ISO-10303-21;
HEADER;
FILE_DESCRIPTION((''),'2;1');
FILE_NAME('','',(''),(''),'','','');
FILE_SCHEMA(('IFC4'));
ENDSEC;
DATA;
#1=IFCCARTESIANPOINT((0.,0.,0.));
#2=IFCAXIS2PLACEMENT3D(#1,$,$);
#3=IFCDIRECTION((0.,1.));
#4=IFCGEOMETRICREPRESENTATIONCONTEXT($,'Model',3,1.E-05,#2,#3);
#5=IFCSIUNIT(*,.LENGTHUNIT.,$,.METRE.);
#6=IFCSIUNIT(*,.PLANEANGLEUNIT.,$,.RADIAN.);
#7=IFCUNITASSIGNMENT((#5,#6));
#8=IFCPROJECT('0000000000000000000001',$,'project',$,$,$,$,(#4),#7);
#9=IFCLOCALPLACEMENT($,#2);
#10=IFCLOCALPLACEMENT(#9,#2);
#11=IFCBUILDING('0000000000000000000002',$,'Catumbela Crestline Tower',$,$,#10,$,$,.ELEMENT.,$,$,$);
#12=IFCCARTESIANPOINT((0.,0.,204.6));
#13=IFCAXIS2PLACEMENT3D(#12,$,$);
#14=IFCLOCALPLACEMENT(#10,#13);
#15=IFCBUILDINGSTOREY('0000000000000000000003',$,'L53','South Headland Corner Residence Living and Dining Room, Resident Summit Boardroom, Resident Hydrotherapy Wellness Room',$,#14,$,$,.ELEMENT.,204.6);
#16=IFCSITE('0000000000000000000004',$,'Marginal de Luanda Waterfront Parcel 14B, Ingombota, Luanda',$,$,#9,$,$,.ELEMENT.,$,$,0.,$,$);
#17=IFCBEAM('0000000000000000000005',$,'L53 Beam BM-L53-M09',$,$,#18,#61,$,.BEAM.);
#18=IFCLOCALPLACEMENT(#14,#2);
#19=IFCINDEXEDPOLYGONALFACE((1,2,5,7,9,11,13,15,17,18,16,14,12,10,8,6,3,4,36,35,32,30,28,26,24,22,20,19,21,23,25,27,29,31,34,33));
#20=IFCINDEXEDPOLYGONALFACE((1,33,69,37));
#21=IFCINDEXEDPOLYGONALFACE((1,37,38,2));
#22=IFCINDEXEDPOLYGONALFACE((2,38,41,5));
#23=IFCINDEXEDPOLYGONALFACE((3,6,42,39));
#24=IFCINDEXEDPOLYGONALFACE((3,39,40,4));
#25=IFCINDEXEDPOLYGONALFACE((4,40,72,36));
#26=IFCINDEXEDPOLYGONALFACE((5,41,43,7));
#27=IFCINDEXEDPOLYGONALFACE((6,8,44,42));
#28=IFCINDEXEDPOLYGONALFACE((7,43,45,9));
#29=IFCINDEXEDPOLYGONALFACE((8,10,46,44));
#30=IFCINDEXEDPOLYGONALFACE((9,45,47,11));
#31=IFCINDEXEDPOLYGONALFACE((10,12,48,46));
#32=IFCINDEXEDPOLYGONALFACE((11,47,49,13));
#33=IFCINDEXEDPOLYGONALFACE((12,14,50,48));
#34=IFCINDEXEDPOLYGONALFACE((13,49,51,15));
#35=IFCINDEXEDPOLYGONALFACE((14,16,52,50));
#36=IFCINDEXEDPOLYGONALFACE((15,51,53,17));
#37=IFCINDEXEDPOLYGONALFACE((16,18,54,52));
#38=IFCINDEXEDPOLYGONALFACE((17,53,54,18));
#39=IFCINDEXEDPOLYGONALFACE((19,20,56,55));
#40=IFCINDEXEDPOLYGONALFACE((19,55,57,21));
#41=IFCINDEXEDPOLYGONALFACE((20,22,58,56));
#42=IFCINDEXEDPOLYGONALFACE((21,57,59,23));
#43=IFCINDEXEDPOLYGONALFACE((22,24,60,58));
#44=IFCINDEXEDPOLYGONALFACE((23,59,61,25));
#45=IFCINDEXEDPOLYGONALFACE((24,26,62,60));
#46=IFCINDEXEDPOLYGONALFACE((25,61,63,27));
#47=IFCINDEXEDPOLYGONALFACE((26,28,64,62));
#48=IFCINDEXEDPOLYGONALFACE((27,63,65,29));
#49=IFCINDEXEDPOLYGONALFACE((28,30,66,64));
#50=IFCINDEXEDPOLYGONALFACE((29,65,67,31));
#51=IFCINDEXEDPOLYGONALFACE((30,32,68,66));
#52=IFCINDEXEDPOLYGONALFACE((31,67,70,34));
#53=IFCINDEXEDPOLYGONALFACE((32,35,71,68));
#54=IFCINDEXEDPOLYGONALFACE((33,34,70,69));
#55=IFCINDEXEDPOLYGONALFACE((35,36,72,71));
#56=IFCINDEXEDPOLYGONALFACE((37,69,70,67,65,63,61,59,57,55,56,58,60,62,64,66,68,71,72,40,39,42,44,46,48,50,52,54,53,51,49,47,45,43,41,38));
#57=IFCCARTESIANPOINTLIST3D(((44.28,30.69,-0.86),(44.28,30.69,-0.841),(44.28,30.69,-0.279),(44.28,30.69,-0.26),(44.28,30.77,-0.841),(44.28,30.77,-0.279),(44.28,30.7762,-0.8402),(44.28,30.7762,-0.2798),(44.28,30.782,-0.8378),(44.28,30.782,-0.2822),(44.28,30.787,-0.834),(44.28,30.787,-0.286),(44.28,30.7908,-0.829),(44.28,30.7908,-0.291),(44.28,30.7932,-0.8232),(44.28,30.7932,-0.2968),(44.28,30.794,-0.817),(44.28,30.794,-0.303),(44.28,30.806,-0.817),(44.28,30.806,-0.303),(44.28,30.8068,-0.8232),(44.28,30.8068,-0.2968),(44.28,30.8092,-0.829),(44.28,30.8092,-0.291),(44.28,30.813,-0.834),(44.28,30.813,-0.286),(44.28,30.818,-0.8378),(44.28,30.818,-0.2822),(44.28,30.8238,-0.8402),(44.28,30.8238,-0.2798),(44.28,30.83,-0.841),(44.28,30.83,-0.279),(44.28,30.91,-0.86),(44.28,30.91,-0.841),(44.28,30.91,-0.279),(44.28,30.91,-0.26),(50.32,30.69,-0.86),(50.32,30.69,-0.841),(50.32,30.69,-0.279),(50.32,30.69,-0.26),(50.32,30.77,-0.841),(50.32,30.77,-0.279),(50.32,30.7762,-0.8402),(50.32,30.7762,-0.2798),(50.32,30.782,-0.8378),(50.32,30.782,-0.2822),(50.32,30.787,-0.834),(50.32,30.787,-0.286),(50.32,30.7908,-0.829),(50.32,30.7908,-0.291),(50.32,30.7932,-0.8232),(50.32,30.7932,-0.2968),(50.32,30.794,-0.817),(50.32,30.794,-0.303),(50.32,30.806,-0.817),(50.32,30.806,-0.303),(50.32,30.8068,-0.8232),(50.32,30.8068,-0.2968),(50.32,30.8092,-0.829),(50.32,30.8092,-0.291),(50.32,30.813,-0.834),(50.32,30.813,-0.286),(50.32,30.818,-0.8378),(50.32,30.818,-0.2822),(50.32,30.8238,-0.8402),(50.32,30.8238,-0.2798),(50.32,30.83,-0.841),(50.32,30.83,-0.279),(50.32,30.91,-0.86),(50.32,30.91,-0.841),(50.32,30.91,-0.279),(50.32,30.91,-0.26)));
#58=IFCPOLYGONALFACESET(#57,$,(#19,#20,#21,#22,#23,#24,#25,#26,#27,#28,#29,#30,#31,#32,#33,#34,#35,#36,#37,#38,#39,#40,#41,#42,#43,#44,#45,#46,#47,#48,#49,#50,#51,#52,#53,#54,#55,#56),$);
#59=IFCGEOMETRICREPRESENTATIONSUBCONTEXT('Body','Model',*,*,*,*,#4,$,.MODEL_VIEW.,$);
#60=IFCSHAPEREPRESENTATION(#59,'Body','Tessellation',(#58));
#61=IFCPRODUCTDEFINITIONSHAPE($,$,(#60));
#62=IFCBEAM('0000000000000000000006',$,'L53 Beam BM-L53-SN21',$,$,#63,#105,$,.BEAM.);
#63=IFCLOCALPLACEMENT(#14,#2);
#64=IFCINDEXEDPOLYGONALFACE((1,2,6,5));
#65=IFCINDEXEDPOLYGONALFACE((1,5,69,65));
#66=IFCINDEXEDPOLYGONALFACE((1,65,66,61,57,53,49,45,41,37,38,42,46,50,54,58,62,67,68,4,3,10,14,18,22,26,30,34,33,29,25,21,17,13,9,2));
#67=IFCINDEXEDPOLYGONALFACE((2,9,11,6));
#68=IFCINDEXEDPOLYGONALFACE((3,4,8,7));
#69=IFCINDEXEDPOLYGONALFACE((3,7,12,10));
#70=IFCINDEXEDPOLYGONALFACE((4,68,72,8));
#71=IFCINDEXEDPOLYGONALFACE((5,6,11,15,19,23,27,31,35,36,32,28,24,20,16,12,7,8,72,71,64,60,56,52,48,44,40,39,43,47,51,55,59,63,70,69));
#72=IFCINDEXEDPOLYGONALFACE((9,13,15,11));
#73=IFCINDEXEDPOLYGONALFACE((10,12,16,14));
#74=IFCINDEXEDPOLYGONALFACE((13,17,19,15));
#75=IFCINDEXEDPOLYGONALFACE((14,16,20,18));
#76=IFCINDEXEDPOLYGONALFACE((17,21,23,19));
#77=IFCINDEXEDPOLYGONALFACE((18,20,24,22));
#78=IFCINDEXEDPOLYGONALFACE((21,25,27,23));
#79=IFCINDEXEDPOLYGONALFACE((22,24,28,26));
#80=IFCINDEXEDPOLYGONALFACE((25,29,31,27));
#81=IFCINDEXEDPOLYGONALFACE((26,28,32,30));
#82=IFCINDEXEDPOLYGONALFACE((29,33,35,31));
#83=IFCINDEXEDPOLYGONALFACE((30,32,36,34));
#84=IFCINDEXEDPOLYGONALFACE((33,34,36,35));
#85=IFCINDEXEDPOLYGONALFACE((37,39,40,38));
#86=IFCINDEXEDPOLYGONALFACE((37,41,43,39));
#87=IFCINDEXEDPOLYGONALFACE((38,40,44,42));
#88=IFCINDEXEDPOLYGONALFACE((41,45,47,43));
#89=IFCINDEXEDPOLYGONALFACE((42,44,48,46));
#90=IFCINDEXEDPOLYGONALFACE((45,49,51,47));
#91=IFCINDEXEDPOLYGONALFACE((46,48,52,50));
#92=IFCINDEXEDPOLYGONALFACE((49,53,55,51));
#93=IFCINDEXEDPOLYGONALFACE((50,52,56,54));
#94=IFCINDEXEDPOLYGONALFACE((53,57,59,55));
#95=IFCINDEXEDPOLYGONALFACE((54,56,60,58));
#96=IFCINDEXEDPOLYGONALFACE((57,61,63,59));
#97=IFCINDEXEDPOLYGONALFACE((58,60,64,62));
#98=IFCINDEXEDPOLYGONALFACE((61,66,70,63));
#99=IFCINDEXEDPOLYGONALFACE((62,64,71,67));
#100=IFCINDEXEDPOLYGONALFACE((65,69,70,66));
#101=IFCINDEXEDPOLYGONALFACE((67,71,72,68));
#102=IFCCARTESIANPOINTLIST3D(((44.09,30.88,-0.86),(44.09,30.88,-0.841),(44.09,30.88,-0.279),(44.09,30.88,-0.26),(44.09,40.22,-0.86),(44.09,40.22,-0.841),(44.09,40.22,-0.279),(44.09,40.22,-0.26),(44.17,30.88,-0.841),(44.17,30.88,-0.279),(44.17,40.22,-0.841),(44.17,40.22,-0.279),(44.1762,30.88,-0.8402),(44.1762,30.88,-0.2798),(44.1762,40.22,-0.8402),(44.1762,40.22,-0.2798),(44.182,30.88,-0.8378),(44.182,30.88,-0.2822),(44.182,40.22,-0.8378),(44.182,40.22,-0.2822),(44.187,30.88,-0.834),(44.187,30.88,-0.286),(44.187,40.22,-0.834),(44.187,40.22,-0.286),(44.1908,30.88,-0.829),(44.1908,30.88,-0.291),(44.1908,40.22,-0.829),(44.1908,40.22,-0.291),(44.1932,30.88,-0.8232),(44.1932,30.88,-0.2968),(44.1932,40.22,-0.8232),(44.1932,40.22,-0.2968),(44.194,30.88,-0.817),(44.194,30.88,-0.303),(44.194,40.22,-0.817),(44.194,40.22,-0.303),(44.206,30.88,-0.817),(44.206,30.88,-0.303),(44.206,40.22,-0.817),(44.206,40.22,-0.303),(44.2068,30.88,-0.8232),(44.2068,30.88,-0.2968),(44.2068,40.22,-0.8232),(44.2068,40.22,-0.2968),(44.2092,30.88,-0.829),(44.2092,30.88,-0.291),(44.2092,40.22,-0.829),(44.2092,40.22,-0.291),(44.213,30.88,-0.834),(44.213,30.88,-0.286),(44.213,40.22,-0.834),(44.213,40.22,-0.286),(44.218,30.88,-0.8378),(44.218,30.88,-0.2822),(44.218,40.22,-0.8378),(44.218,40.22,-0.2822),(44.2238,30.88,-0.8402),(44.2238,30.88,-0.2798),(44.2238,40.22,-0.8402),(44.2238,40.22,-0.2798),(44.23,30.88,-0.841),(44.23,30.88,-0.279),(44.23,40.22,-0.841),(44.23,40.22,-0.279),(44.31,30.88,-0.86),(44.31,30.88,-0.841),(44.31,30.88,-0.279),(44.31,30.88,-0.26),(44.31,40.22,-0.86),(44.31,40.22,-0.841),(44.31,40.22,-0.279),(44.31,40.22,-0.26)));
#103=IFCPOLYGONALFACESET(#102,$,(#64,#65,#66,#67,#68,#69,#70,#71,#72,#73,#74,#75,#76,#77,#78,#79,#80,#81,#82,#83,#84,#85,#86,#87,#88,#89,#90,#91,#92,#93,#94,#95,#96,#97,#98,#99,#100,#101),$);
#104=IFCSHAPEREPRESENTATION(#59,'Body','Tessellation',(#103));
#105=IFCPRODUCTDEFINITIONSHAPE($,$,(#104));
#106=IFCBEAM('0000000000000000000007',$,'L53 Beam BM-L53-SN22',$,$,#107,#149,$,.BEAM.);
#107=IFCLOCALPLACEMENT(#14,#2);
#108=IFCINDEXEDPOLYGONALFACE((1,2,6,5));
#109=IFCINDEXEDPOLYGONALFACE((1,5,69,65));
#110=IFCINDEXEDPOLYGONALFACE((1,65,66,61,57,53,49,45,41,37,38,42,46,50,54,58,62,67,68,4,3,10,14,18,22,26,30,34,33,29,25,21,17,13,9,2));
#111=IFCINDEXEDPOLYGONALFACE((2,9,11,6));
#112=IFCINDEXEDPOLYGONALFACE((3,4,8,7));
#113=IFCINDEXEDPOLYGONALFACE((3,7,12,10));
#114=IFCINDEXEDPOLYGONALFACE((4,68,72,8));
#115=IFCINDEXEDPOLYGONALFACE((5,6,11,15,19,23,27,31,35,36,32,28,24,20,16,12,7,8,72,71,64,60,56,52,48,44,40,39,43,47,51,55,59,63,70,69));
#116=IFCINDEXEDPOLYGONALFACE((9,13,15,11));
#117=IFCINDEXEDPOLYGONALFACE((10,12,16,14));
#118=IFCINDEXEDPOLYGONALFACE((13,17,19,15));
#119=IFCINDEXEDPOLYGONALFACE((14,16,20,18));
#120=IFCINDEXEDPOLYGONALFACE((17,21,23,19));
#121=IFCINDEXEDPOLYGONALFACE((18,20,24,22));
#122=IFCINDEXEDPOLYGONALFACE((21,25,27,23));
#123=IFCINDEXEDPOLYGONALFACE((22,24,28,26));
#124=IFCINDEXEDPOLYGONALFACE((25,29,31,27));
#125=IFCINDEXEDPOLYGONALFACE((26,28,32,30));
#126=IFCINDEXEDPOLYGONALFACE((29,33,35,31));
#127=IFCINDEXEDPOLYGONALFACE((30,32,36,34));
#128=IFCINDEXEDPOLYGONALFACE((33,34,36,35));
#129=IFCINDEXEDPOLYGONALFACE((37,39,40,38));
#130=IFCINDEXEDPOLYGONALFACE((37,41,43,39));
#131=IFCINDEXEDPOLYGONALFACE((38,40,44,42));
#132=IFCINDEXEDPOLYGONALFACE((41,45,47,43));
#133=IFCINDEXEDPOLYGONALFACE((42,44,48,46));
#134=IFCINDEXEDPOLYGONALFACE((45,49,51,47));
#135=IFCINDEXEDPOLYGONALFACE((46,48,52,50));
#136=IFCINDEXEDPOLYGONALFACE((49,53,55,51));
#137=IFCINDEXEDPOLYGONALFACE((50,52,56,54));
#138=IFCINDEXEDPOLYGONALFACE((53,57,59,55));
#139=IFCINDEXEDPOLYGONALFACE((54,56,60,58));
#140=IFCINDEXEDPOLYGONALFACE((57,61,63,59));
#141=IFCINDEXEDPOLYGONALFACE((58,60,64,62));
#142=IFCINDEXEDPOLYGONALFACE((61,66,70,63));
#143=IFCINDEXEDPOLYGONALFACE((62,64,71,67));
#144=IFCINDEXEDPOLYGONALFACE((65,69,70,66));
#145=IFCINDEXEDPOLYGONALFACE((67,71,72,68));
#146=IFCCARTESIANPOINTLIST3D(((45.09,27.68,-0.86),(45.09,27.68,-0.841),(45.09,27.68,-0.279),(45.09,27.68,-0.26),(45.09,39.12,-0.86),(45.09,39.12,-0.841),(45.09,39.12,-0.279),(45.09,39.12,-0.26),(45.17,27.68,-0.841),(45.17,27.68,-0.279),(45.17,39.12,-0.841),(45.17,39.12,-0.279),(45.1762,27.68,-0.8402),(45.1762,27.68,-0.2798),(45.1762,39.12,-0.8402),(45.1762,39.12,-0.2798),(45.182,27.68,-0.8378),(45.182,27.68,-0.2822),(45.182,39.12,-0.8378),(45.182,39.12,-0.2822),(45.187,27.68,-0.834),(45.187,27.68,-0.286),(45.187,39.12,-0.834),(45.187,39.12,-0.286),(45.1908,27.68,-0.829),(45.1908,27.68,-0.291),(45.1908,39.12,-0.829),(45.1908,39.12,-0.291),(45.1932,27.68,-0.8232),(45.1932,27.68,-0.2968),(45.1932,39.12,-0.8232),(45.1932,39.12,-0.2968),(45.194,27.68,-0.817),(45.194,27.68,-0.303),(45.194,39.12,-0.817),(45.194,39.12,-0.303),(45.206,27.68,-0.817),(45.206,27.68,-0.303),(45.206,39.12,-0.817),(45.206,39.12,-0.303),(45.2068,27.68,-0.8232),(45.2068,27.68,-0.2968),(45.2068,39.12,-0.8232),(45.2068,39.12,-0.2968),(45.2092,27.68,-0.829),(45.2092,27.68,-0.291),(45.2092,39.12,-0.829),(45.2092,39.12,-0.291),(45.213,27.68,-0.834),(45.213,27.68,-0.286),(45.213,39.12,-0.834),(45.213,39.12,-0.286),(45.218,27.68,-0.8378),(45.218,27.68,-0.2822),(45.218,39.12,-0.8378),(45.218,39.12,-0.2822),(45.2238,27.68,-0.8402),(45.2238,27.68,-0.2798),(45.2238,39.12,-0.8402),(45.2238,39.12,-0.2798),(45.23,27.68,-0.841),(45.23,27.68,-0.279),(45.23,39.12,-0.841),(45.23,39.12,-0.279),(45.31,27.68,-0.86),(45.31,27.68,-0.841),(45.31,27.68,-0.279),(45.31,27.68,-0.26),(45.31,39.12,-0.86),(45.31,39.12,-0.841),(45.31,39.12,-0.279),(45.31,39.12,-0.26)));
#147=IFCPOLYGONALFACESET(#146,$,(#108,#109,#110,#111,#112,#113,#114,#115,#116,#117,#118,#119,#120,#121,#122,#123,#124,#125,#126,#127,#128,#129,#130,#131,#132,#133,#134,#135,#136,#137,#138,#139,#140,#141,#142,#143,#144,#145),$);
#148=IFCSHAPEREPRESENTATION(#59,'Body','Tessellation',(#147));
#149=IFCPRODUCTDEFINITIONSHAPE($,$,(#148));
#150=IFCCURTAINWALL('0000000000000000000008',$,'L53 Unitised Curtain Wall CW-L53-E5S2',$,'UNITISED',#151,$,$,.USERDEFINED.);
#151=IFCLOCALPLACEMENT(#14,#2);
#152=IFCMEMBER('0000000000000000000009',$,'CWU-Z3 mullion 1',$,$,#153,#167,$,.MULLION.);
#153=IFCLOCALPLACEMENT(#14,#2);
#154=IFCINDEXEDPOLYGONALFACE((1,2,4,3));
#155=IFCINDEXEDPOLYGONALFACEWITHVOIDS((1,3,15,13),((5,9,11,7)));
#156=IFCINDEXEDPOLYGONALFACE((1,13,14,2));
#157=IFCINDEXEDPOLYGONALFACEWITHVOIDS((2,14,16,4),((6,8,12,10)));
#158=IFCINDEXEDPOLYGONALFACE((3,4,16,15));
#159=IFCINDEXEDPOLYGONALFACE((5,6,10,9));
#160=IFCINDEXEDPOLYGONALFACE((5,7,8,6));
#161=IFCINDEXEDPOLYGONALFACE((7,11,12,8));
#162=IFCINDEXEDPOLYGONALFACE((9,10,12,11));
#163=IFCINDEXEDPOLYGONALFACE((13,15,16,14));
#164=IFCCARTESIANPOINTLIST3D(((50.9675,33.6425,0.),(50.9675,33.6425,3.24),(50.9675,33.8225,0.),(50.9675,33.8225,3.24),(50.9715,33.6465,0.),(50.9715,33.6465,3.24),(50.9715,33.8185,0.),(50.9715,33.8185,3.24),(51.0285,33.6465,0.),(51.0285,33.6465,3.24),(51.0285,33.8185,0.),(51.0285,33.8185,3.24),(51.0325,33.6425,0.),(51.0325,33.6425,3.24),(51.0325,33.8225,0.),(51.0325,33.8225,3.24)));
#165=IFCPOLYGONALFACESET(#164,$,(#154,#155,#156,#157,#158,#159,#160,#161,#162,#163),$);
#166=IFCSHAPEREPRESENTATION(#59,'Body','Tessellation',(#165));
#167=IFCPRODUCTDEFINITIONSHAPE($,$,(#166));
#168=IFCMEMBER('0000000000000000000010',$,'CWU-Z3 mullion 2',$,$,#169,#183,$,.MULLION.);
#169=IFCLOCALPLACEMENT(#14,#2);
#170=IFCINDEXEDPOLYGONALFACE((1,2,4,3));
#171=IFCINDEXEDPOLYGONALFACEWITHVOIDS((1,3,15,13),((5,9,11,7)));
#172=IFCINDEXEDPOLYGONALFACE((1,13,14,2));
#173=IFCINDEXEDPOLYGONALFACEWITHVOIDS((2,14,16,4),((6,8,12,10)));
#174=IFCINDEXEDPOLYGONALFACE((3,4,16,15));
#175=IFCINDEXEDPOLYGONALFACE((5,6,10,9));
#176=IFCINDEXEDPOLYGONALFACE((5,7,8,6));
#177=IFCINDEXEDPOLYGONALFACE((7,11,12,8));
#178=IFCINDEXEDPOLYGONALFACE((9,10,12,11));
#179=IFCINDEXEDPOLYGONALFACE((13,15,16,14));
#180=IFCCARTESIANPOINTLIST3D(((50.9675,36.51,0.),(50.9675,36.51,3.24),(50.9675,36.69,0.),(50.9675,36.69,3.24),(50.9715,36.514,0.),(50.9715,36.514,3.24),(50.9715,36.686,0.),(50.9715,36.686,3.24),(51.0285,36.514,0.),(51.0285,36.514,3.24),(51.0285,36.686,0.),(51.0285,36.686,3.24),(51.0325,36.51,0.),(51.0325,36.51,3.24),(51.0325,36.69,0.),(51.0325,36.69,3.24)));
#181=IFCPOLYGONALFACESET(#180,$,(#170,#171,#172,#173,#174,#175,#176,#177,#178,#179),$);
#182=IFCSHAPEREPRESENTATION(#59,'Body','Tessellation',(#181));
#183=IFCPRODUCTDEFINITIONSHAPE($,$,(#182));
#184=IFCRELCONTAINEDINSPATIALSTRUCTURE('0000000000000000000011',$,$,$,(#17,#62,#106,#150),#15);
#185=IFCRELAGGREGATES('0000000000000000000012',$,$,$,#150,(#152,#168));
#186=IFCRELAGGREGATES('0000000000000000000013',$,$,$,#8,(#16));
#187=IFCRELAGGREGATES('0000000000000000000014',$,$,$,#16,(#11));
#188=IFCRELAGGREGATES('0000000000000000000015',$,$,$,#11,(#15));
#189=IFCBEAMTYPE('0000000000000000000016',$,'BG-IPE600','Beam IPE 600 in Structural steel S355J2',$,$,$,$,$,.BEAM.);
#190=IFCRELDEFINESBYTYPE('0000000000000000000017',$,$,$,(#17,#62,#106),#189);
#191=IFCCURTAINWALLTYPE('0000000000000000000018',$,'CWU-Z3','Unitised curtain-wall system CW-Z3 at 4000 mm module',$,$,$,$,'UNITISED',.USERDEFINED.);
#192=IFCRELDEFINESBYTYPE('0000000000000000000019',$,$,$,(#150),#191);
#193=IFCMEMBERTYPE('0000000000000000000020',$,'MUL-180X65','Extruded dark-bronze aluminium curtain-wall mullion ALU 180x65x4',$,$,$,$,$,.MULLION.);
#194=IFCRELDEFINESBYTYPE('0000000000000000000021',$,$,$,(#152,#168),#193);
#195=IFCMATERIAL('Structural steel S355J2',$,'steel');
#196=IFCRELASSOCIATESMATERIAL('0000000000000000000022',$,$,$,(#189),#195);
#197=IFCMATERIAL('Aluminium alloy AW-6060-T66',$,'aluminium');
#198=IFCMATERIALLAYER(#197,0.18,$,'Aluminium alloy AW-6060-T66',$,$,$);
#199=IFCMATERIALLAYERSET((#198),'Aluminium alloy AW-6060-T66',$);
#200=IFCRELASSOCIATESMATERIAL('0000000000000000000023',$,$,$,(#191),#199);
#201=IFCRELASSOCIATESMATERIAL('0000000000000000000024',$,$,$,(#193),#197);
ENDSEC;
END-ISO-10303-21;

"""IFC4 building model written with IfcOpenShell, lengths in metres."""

from ifc_helpers import new_model, si_unit, direction, frame, origin, origin_2d, place, context, subcontext, project, spatial, hollow_rectangle, i_section, extrude, material, layer, layer_set, material_profile, profile_set, type_object, element, aggregate, save


model = new_model("IFC4")

# Units and contexts
model_context = context("Model", 3, precision=1e-05, world=origin(), true_north=direction((0.0, 1.0)))
body_context = subcontext(model_context, "Body", "Model", "MODEL_VIEW")
ifc_project = project(units=[si_unit("LENGTHUNIT", "METRE"), si_unit("PLANEANGLEUNIT", "RADIAN")], contexts=[model_context])

# Site, building, storey
site_placement = place(None, origin())
site = spatial("IfcSite", under=ifc_project, at=site_placement, Name="Marginal de Luanda Waterfront Parcel 14B, Ingombota, Luanda", CompositionType="ELEMENT", RefElevation=0.0)
building_placement = place(site_placement, origin())
building = spatial("IfcBuilding", under=site, at=building_placement, Name="Catumbela Crestline Tower", CompositionType="ELEMENT")
storey_placement = place(building_placement, frame((0.0, 0.0, 204.6)))
storey = spatial("IfcBuildingStorey", under=building, at=storey_placement, Name="L53", Description="South Headland Corner Residence Living and Dining Room, Resident Summit Boardroom, Resident Hydrotherapy Wellness Room", CompositionType="ELEMENT", Elevation=204.6)

# Shared definitions
ifc_material_1 = material(Name="Structural steel S355J2", Category="steel")

# Beams
ifc_material_profile_1 = material_profile(ifc_material_1, i_section(OverallWidth=0.22, OverallDepth=0.6, WebThickness=0.012, FlangeThickness=0.019, FilletRadius=0.024, at=origin_2d()), Name="IPE 600")
ifc_profile_set_1 = profile_set([ifc_material_profile_1], Name="Structural steel S355J2")
beam_type_1 = type_object("IfcBeamType", Name="BG-IPE600", Description="Beam IPE 600 in Structural steel S355J2", PredefinedType="BEAM", material=ifc_profile_set_1)
beam_1_placement = place(storey_placement, frame((44.28, 30.8, -0.56), z_axis=(1.0, 0.0, 0.0), x_axis=(0.0, 1.0, 0.0)))
element("IfcBeam", 1, at=beam_1_placement, inside=storey, type_object=beam_type_1, Name="L53 Beam BM-L53-M09", PredefinedType="BEAM", context=body_context, shape_type="SweptSolid", body=[
    extrude(i_section(OverallWidth=0.22, OverallDepth=0.6, WebThickness=0.012, FlangeThickness=0.019, FilletRadius=0.024, at=origin_2d()), origin(), (0.0, 0.0, 1.0), 6.04),
])
beam_2_placement = place(storey_placement, frame((44.2, 30.88, -0.56), z_axis=(0.0, 1.0, 0.0), x_axis=(-1.0, 0.0, 0.0)))
element("IfcBeam", 2, at=beam_2_placement, inside=storey, type_object=beam_type_1, Name="L53 Beam BM-L53-SN21", PredefinedType="BEAM", context=body_context, shape_type="SweptSolid", body=[
    extrude(i_section(OverallWidth=0.22, OverallDepth=0.6, WebThickness=0.012, FlangeThickness=0.019, FilletRadius=0.024, at=origin_2d()), origin(), (0.0, 0.0, 1.0), 9.34),
])
beam_3_placement = place(storey_placement, frame((45.2, 27.68, -0.56), z_axis=(0.0, 1.0, 0.0), x_axis=(-1.0, 0.0, 0.0)))
element("IfcBeam", 3, at=beam_3_placement, inside=storey, type_object=beam_type_1, Name="L53 Beam BM-L53-SN22", PredefinedType="BEAM", context=body_context, shape_type="SweptSolid", body=[
    extrude(i_section(OverallWidth=0.22, OverallDepth=0.6, WebThickness=0.012, FlangeThickness=0.019, FilletRadius=0.024, at=origin_2d()), origin(), (0.0, 0.0, 1.0), 11.44),
])

# Curtain wall, members
ifc_material_2 = material(Name="Aluminium alloy AW-6060-T66", Category="aluminium")
ifc_layer_1 = layer(ifc_material_2, 0.18, Name="Aluminium alloy AW-6060-T66")
ifc_layer_set_1 = layer_set([ifc_layer_1], Name="Aluminium alloy AW-6060-T66")
curtain_wall_type = type_object("IfcCurtainWallType", Name="CWU-Z3", Description="Unitised curtain-wall system CW-Z3 at 4000 mm module", ElementType="UNITISED", PredefinedType="USERDEFINED", material=ifc_layer_set_1)
curtain_wall_placement = place(storey_placement, origin())
curtain_wall = element("IfcCurtainWall", 4, at=curtain_wall_placement, inside=storey, type_object=curtain_wall_type, Name="L53 Unitised Curtain Wall CW-L53-E5S2", ObjectType="UNITISED", PredefinedType="USERDEFINED")
ifc_material_profile_2 = material_profile(ifc_material_2, hollow_rectangle(XDim=0.065, YDim=0.18, WallThickness=0.004, at=origin_2d()), Name="ALU 180x65x4")
ifc_profile_set_2 = profile_set([ifc_material_profile_2], Name="Aluminium alloy AW-6060-T66")
member_type_1 = type_object("IfcMemberType", Name="MUL-180X65", Description="Extruded dark-bronze aluminium curtain-wall mullion ALU 180x65x4", PredefinedType="MULLION", material=ifc_profile_set_2)
member_1_placement = place(storey_placement, frame((51.0, 33.7325, 0.0), z_axis=(0.0, 0.0, 1.0), x_axis=(-1.0, 0.0, 0.0)))
member_1 = element("IfcMember", 5, at=member_1_placement, type_object=member_type_1, Name="CWU-Z3 mullion 1", PredefinedType="MULLION", context=body_context, shape_type="SweptSolid", body=[
    extrude(hollow_rectangle(XDim=0.065, YDim=0.18, WallThickness=0.004, at=origin_2d()), origin(), (0.0, 0.0, 1.0), 3.24),
])
member_2_placement = place(storey_placement, frame((51.0, 36.6, 0.0), z_axis=(0.0, 0.0, 1.0), x_axis=(-1.0, 0.0, 0.0)))
member_2 = element("IfcMember", 6, at=member_2_placement, type_object=member_type_1, Name="CWU-Z3 mullion 2", PredefinedType="MULLION", context=body_context, shape_type="SweptSolid", body=[
    extrude(hollow_rectangle(XDim=0.065, YDim=0.18, WallThickness=0.004, at=origin_2d()), origin(), (0.0, 0.0, 1.0), 3.24),
])

aggregate(curtain_wall, [member_1, member_2])

save(model, "model.ifc")
